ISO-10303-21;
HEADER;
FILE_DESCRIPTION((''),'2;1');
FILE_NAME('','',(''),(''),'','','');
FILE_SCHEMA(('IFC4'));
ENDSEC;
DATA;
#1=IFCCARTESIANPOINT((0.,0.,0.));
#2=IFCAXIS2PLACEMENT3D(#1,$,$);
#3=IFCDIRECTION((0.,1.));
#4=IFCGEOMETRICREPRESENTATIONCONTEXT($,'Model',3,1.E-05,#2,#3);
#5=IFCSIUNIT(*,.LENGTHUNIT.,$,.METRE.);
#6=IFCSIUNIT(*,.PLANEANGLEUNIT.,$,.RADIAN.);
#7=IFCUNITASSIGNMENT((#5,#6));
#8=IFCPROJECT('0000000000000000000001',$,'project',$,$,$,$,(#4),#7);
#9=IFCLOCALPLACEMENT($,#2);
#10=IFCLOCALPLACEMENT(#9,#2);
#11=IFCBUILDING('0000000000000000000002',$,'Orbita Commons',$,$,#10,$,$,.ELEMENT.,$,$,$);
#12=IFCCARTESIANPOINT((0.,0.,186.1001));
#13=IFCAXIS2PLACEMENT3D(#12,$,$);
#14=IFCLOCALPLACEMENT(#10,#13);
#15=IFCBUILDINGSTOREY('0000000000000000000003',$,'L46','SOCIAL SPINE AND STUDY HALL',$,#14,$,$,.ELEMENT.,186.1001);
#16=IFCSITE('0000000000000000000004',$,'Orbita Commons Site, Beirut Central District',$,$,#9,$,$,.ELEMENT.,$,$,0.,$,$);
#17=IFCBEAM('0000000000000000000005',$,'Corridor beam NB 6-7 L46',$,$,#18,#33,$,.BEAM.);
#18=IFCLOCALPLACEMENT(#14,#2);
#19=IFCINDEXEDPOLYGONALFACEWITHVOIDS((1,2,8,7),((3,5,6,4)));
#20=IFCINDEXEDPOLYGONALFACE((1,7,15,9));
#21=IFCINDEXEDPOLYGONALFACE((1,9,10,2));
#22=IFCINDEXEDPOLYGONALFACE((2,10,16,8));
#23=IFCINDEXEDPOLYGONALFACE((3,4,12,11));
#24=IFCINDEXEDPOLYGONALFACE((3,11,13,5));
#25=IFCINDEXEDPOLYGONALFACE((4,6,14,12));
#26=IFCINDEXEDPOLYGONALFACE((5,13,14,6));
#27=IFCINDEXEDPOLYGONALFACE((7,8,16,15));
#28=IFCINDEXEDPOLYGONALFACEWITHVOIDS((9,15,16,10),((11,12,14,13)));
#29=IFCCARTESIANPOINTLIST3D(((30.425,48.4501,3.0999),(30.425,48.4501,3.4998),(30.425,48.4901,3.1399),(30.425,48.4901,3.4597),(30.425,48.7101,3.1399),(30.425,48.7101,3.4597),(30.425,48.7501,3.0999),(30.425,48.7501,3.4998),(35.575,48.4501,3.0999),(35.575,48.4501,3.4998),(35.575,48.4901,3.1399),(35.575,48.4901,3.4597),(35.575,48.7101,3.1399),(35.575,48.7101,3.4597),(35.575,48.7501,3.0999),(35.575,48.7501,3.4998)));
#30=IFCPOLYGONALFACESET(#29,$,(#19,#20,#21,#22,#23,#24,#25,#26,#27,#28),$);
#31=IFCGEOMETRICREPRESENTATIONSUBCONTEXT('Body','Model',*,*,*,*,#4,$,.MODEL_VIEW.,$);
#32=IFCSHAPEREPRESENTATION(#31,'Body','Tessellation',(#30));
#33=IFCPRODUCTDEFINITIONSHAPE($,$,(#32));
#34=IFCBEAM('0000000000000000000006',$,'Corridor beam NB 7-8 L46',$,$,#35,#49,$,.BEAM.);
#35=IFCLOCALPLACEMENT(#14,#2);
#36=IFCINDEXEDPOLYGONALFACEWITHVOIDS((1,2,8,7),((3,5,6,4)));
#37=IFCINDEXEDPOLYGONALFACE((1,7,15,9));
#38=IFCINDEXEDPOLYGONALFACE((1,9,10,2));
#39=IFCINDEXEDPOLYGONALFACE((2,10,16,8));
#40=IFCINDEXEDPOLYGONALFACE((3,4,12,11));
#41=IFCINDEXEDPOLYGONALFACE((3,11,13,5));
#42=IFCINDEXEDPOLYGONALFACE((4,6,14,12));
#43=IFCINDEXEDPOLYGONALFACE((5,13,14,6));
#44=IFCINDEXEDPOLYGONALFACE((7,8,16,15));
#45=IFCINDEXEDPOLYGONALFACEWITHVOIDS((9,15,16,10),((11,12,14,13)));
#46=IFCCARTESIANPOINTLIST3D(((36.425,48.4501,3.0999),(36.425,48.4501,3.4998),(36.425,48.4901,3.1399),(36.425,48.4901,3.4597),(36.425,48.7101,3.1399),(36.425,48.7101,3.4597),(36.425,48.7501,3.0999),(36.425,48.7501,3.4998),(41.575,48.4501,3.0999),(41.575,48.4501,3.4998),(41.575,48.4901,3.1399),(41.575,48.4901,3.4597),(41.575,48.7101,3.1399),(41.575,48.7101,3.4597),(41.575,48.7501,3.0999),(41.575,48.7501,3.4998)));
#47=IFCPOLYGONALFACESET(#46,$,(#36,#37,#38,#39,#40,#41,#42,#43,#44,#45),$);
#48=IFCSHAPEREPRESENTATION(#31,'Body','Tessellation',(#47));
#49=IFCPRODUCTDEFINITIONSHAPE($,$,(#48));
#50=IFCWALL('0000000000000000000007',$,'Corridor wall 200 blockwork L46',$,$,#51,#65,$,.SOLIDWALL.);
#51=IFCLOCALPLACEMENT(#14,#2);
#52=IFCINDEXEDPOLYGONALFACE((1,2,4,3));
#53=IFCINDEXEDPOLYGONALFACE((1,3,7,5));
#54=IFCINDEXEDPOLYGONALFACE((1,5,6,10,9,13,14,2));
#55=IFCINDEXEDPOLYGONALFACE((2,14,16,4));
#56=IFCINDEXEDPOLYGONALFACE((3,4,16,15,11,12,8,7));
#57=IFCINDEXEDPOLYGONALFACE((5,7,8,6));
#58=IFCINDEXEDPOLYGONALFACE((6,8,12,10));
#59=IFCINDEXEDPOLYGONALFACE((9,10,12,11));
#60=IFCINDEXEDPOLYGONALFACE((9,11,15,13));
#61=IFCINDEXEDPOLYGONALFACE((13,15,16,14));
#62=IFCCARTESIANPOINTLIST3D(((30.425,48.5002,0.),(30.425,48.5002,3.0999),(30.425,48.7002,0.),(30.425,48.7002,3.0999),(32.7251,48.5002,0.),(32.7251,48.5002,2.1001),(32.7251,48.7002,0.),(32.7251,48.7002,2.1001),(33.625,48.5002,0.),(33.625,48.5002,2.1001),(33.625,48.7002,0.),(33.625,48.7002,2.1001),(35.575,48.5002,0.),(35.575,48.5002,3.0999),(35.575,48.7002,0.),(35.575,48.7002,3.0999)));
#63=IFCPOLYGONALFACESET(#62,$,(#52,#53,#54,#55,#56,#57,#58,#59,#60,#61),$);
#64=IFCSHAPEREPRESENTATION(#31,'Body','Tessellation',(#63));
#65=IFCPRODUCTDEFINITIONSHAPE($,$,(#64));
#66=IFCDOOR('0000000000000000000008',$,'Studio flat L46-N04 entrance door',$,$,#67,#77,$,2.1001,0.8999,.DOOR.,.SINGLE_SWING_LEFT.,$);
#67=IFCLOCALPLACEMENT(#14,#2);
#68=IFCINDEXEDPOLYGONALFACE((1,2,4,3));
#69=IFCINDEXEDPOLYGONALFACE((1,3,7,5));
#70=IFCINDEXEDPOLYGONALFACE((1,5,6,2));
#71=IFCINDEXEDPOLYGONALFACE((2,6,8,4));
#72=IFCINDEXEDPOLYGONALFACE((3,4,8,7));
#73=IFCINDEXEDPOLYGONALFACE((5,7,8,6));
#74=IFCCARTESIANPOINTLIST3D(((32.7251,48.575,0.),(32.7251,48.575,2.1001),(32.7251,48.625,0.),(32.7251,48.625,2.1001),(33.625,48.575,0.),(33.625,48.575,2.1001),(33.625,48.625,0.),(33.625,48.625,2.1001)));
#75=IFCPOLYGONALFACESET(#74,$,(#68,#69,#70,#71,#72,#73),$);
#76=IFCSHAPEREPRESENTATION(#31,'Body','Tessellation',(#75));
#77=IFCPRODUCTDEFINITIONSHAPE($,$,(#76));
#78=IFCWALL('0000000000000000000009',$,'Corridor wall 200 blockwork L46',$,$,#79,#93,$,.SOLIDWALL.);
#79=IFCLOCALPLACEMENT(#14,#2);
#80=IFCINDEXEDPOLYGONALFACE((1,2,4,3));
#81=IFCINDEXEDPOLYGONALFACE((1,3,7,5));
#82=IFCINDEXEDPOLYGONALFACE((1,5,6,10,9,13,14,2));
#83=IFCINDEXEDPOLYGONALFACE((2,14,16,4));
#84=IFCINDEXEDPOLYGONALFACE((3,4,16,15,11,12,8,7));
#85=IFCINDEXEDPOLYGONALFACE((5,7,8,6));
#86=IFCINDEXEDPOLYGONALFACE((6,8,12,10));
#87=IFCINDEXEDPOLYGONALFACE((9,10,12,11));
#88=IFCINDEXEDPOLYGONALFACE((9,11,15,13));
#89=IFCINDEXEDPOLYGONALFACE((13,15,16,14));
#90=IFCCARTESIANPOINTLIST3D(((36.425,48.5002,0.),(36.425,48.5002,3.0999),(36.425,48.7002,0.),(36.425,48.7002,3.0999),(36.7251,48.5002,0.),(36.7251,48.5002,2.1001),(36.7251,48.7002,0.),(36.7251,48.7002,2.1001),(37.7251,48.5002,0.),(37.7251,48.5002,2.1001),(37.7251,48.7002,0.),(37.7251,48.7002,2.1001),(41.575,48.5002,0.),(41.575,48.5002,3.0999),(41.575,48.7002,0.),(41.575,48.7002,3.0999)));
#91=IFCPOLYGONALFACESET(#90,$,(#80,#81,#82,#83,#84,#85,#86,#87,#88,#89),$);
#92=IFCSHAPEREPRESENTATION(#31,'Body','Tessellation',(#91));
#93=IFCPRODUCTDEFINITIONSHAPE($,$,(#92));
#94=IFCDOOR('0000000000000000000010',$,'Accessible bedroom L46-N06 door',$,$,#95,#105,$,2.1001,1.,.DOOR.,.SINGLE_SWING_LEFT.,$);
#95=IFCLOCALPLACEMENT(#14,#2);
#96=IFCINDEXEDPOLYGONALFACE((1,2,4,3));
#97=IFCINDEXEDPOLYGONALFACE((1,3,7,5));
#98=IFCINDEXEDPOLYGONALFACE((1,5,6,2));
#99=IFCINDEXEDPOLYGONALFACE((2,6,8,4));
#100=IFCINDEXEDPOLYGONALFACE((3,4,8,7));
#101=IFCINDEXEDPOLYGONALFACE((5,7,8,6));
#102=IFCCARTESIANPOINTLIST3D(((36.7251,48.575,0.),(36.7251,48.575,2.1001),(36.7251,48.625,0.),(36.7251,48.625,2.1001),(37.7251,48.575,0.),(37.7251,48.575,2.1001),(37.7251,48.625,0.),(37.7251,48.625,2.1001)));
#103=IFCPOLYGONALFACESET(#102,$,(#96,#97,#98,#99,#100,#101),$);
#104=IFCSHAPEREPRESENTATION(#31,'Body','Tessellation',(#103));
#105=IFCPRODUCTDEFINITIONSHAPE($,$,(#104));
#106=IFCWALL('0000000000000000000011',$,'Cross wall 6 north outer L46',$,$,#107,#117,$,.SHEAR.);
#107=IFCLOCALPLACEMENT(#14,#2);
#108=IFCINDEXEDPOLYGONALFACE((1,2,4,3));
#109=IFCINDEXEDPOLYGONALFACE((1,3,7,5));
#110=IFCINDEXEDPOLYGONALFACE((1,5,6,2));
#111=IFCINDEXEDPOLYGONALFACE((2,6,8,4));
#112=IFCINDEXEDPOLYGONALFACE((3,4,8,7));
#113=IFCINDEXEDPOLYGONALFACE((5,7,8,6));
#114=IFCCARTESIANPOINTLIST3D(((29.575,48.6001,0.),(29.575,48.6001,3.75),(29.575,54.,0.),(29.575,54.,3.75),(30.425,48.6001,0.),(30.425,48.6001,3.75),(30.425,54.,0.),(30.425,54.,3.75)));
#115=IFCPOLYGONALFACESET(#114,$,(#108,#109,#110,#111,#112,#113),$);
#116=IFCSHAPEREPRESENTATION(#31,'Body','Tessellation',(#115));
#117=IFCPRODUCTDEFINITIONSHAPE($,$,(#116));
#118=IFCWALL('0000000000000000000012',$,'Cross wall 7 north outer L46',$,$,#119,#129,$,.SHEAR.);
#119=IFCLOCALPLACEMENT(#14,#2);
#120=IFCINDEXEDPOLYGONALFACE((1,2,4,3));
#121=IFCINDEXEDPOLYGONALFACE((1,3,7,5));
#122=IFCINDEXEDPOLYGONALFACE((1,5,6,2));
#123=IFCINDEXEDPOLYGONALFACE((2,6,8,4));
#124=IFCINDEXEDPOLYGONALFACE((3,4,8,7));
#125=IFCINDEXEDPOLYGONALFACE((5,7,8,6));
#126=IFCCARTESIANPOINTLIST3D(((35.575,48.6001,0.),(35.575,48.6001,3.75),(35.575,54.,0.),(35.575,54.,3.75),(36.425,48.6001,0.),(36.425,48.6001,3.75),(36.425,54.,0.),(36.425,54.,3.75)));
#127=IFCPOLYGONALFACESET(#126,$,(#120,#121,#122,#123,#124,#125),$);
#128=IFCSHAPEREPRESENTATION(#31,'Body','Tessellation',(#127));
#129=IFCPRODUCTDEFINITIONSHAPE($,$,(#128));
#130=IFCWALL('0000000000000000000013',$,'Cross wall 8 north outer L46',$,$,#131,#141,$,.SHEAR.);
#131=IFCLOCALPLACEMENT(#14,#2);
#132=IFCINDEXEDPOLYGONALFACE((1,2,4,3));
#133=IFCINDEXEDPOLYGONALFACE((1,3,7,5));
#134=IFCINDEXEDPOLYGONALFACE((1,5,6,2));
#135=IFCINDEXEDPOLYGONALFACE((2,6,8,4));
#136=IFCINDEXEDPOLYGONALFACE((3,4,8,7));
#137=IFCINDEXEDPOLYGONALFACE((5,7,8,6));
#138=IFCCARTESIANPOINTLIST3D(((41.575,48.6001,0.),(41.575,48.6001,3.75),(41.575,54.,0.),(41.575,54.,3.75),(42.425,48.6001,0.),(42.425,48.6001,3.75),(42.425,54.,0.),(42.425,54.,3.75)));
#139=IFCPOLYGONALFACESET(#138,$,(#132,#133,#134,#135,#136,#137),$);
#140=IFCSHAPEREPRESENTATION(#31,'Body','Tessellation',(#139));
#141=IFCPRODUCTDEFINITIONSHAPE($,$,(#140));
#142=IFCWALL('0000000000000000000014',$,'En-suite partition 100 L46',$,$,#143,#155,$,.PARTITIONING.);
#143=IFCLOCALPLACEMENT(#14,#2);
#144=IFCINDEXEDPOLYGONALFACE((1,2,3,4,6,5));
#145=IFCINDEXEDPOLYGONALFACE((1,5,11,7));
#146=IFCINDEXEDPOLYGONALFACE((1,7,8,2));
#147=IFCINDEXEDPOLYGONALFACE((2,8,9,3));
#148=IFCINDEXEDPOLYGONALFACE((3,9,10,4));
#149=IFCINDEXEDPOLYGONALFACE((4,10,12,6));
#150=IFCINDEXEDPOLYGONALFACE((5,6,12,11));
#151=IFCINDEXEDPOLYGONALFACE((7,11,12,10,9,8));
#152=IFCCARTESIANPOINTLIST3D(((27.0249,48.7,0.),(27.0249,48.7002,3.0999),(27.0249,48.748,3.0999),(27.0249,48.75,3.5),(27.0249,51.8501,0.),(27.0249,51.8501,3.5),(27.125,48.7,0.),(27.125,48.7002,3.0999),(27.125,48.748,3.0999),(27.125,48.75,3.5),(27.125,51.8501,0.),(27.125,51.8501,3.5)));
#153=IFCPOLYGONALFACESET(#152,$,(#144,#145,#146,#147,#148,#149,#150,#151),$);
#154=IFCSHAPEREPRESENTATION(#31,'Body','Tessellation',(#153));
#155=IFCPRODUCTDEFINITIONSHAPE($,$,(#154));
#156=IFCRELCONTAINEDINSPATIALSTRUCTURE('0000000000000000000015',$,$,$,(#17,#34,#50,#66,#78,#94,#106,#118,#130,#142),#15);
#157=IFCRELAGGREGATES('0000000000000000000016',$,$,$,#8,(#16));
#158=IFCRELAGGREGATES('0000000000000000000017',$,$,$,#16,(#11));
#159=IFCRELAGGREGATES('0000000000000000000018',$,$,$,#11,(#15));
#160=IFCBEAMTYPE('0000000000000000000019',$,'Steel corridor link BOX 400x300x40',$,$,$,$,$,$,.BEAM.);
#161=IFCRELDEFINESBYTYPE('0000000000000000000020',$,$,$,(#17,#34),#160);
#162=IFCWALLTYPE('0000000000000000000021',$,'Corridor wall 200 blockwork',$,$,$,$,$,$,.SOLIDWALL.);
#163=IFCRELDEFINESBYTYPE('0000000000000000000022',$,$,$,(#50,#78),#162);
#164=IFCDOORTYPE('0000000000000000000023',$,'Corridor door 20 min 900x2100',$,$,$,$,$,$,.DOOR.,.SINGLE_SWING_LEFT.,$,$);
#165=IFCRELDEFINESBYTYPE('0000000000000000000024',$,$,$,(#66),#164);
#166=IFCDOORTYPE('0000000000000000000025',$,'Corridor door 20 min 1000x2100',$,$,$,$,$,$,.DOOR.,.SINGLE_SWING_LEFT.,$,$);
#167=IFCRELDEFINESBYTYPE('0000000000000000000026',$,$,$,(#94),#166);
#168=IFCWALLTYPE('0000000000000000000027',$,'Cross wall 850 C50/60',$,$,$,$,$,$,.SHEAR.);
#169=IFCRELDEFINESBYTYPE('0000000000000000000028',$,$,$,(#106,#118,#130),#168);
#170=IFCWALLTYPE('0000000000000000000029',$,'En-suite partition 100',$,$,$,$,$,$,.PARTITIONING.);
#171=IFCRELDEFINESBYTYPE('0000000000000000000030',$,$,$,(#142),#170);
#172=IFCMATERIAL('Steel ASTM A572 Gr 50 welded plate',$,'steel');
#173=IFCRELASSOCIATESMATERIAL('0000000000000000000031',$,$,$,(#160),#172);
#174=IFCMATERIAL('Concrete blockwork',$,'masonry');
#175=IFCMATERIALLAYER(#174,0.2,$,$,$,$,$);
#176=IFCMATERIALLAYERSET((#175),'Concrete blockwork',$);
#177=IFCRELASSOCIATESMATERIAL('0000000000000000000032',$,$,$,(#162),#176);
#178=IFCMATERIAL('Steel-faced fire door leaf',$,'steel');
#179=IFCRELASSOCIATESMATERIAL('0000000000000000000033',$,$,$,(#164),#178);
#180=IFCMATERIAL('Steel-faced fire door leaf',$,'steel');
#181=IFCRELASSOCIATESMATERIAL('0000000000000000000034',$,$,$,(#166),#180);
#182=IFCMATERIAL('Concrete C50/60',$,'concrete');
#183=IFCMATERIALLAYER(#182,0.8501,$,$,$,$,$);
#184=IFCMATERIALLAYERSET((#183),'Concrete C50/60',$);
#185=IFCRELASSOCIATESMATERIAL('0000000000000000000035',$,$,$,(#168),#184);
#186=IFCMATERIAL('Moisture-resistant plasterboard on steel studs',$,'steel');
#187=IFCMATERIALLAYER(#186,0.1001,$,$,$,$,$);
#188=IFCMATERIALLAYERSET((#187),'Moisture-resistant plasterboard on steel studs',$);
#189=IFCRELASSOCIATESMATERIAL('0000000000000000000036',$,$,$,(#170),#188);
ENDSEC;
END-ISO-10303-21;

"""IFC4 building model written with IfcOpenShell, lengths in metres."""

from ifc_helpers import new_model, si_unit, direction, frame, frame_2d, origin, origin_2d, place, context, subcontext, project, spatial, polyline, rectangle, hollow_rectangle, outline, extrude, material, layer, layer_set, material_profile, profile_set, type_object, element, fill, save


model = new_model("IFC4")

# Units and contexts
model_context = context("Model", 3, precision=1e-05, world=origin(), true_north=direction((0.0, 1.0)))
body_context = subcontext(model_context, "Body", "Model", "MODEL_VIEW")
ifc_project = project(units=[si_unit("LENGTHUNIT", "METRE"), si_unit("PLANEANGLEUNIT", "RADIAN")], contexts=[model_context])

# Site, building, storey
site_placement = place(None, origin())
site = spatial("IfcSite", under=ifc_project, at=site_placement, Name="Orbita Commons Site, Beirut Central District", CompositionType="ELEMENT", RefElevation=0.0)
building_placement = place(site_placement, origin())
building = spatial("IfcBuilding", under=site, at=building_placement, Name="Orbita Commons", CompositionType="ELEMENT")
storey_placement = place(building_placement, frame((0.0, 0.0, 186.1001)))
storey = spatial("IfcBuildingStorey", under=building, at=storey_placement, Name="L46", Description="SOCIAL SPINE AND STUDY HALL", CompositionType="ELEMENT", Elevation=186.1001)

# Beams
ifc_material_1 = material(Name="Steel ASTM A572 Gr 50 welded plate", Category="steel")
ifc_material_profile = material_profile(ifc_material_1, hollow_rectangle(XDim=0.3, YDim=0.3999, WallThickness=0.04, at=origin_2d()), Name="BOX 400x300x40")
ifc_profile_set = profile_set([ifc_material_profile], Name="Steel ASTM A572 Gr 50 welded plate")
beam_type = type_object("IfcBeamType", Name="Steel corridor link BOX 400x300x40", PredefinedType="BEAM", material=ifc_profile_set)
for number, where, z_axis, x_axis, name in (
    (1, (30.425, 48.6001, 3.2998), (1.0, 0.0, 0.0), (0.0, 1.0, 0.0), "Corridor beam NB 6-7 L46"),
    (2, (36.425, 48.6001, 3.2998), (1.0, 0.0, 0.0), (0.0, 1.0, 0.0), "Corridor beam NB 7-8 L46"),
):
    element("IfcBeam", number, at=place(storey_placement, frame(where, z_axis=z_axis, x_axis=x_axis)), inside=storey, type_object=beam_type, Name=name, PredefinedType="BEAM", context=body_context, shape_type="SweptSolid", body=[
        extrude(hollow_rectangle(XDim=0.3, YDim=0.3999, WallThickness=0.04, at=origin_2d()), origin(), (0.0, 0.0, 1.0), 5.1499),
    ])

# Walls, openings, doors
ifc_material_2 = material(Name="Concrete blockwork", Category="masonry")
ifc_layer_1 = layer(ifc_material_2, 0.2)
ifc_layer_set_1 = layer_set([ifc_layer_1], Name="Concrete blockwork")
wall_type_1 = type_object("IfcWallType", Name="Corridor wall 200 blockwork", PredefinedType="SOLIDWALL", material=ifc_layer_set_1)
wall_1_placement = place(storey_placement, frame((30.425, 48.6001, 0.0), z_axis=(0.0, 0.0, 1.0), x_axis=(1.0, 0.0, 0.0)))
wall_1 = element("IfcWall", 3, at=wall_1_placement, inside=storey, type_object=wall_type_1, Name="Corridor wall 200 blockwork L46", PredefinedType="SOLIDWALL", context=body_context, shape_type="SweptSolid", body=[
    extrude(outline(polyline([(0.0, 0.0), (5.1499, 0.0), (5.1499, 3.0999), (0.0, 3.0999), (0.0, 0.0)])), frame((0.0, 0.1001, 0.0), z_axis=(0.0, -1.0, 0.0), x_axis=(1.0, 0.0, 0.0)), (0.0, 0.0, 1.0), 0.2),
])
opening_1_placement = place(wall_1_placement, frame((2.3, 0.0, 0.0)))
opening_1 = element("IfcOpeningElement", 4, at=opening_1_placement, cuts=wall_1, PredefinedType="OPENING", context=body_context, shape_type="SweptSolid", body=[
    extrude(rectangle(XDim=0.8999, YDim=2.1001, at=frame_2d((0.45, 1.05))), frame((0.0, 0.1099, 0.0), z_axis=(0.0, -1.0, 0.0), x_axis=(1.0, 0.0, 0.0)), (0.0, 0.0, 1.0), 0.22),
])
ifc_material_3 = material(Name="Steel-faced fire door leaf", Category="steel")
door_type_1 = type_object("IfcDoorType", Name="Corridor door 20 min 900x2100", OperationType="SINGLE_SWING_LEFT", PredefinedType="DOOR", material=ifc_material_3)
door_1_placement = place(opening_1_placement, origin())
door_1 = element("IfcDoor", 5, at=door_1_placement, inside=storey, type_object=door_type_1, Name="Studio flat L46-N04 entrance door", OperationType="SINGLE_SWING_LEFT", OverallHeight=2.1001, OverallWidth=0.8999, PredefinedType="DOOR", context=body_context, shape_type="SweptSolid", body=[
    extrude(rectangle(XDim=0.8999, YDim=2.1001, at=frame_2d((0.45, 1.05))), frame((0.0, 0.0249, 0.0), z_axis=(0.0, -1.0, 0.0), x_axis=(1.0, 0.0, 0.0)), (0.0, 0.0, 1.0), 0.05),
])
fill(opening_1, door_1)
wall_2_placement = place(storey_placement, frame((36.425, 48.6001, 0.0), z_axis=(0.0, 0.0, 1.0), x_axis=(1.0, 0.0, 0.0)))
wall_2 = element("IfcWall", 6, at=wall_2_placement, inside=storey, type_object=wall_type_1, Name="Corridor wall 200 blockwork L46", PredefinedType="SOLIDWALL", context=body_context, shape_type="SweptSolid", body=[
    extrude(outline(polyline([(0.0, 0.0), (5.1499, 0.0), (5.1499, 3.0999), (0.0, 3.0999), (0.0, 0.0)])), frame((0.0, 0.1001, 0.0), z_axis=(0.0, -1.0, 0.0), x_axis=(1.0, 0.0, 0.0)), (0.0, 0.0, 1.0), 0.2),
])
opening_2_placement = place(wall_2_placement, frame((0.3, 0.0, 0.0)))
opening_2 = element("IfcOpeningElement", 7, at=opening_2_placement, cuts=wall_2, PredefinedType="OPENING", context=body_context, shape_type="SweptSolid", body=[
    extrude(rectangle(XDim=1.0, YDim=2.1001, at=frame_2d((0.5, 1.05))), frame((0.0, 0.1099, 0.0), z_axis=(0.0, -1.0, 0.0), x_axis=(1.0, 0.0, 0.0)), (0.0, 0.0, 1.0), 0.22),
])
ifc_material_4 = material(Name="Steel-faced fire door leaf", Category="steel")
door_type_2 = type_object("IfcDoorType", Name="Corridor door 20 min 1000x2100", OperationType="SINGLE_SWING_LEFT", PredefinedType="DOOR", material=ifc_material_4)
door_2_placement = place(opening_2_placement, origin())
door_2 = element("IfcDoor", 8, at=door_2_placement, inside=storey, type_object=door_type_2, Name="Accessible bedroom L46-N06 door", OperationType="SINGLE_SWING_LEFT", OverallHeight=2.1001, OverallWidth=1.0, PredefinedType="DOOR", context=body_context, shape_type="SweptSolid", body=[
    extrude(rectangle(XDim=1.0, YDim=2.1001, at=frame_2d((0.5, 1.05))), frame((0.0, 0.0249, 0.0), z_axis=(0.0, -1.0, 0.0), x_axis=(1.0, 0.0, 0.0)), (0.0, 0.0, 1.0), 0.05),
])
fill(opening_2, door_2)

# Walls
ifc_material_5 = material(Name="Concrete C50/60", Category="concrete")
ifc_layer_2 = layer(ifc_material_5, 0.8501)
ifc_layer_set_2 = layer_set([ifc_layer_2], Name="Concrete C50/60")
wall_type_2 = type_object("IfcWallType", Name="Cross wall 850 C50/60", PredefinedType="SHEAR", material=ifc_layer_set_2)
for number, where, z_axis, x_axis, name in (
    (9, (30.0, 48.6001, 0.0), (0.0, 0.0, 1.0), (0.0, 1.0, 0.0), "Cross wall 6 north outer L46"),
    (10, (36.0, 48.6001, 0.0), (0.0, 0.0, 1.0), (0.0, 1.0, 0.0), "Cross wall 7 north outer L46"),
    (11, (42.0, 48.6001, 0.0), (0.0, 0.0, 1.0), (0.0, 1.0, 0.0), "Cross wall 8 north outer L46"),
):
    element("IfcWall", number, at=place(storey_placement, frame(where, z_axis=z_axis, x_axis=x_axis)), inside=storey, type_object=wall_type_2, Name=name, PredefinedType="SHEAR", context=body_context, shape_type="SweptSolid", body=[
        extrude(rectangle(XDim=5.3999, YDim=0.8501, at=frame_2d((2.7, 0.0))), origin(), (0.0, 0.0, 1.0), 3.75),
    ])
ifc_material_6 = material(Name="Moisture-resistant plasterboard on steel studs", Category="steel")
ifc_layer_3 = layer(ifc_material_6, 0.1001)
ifc_layer_set_3 = layer_set([ifc_layer_3], Name="Moisture-resistant plasterboard on steel studs")
wall_type_3 = type_object("IfcWallType", Name="En-suite partition 100", PredefinedType="PARTITIONING", material=ifc_layer_set_3)
wall_3_placement = place(storey_placement, frame((27.075, 51.8501, 0.0), z_axis=(0.0, 0.0, 1.0), x_axis=(0.0, -1.0, 0.0)))
element("IfcWall", 12, at=wall_3_placement, inside=storey, type_object=wall_type_3, Name="En-suite partition 100 L46", PredefinedType="PARTITIONING", context=body_context, shape_type="SweptSolid", body=[
    extrude(outline(polyline([(0.0, 0.0), (3.1501, 0.0), (3.1499, 3.0999), (3.1021, 3.0999), (3.1001, 3.5), (0.0, 3.5), (0.0, 0.0)])), frame((0.0, 0.05, 0.0), z_axis=(0.0, -1.0, 0.0), x_axis=(1.0, 0.0, 0.0)), (0.0, 0.0, 1.0), 0.1001),
])

save(model, "model.ifc")
